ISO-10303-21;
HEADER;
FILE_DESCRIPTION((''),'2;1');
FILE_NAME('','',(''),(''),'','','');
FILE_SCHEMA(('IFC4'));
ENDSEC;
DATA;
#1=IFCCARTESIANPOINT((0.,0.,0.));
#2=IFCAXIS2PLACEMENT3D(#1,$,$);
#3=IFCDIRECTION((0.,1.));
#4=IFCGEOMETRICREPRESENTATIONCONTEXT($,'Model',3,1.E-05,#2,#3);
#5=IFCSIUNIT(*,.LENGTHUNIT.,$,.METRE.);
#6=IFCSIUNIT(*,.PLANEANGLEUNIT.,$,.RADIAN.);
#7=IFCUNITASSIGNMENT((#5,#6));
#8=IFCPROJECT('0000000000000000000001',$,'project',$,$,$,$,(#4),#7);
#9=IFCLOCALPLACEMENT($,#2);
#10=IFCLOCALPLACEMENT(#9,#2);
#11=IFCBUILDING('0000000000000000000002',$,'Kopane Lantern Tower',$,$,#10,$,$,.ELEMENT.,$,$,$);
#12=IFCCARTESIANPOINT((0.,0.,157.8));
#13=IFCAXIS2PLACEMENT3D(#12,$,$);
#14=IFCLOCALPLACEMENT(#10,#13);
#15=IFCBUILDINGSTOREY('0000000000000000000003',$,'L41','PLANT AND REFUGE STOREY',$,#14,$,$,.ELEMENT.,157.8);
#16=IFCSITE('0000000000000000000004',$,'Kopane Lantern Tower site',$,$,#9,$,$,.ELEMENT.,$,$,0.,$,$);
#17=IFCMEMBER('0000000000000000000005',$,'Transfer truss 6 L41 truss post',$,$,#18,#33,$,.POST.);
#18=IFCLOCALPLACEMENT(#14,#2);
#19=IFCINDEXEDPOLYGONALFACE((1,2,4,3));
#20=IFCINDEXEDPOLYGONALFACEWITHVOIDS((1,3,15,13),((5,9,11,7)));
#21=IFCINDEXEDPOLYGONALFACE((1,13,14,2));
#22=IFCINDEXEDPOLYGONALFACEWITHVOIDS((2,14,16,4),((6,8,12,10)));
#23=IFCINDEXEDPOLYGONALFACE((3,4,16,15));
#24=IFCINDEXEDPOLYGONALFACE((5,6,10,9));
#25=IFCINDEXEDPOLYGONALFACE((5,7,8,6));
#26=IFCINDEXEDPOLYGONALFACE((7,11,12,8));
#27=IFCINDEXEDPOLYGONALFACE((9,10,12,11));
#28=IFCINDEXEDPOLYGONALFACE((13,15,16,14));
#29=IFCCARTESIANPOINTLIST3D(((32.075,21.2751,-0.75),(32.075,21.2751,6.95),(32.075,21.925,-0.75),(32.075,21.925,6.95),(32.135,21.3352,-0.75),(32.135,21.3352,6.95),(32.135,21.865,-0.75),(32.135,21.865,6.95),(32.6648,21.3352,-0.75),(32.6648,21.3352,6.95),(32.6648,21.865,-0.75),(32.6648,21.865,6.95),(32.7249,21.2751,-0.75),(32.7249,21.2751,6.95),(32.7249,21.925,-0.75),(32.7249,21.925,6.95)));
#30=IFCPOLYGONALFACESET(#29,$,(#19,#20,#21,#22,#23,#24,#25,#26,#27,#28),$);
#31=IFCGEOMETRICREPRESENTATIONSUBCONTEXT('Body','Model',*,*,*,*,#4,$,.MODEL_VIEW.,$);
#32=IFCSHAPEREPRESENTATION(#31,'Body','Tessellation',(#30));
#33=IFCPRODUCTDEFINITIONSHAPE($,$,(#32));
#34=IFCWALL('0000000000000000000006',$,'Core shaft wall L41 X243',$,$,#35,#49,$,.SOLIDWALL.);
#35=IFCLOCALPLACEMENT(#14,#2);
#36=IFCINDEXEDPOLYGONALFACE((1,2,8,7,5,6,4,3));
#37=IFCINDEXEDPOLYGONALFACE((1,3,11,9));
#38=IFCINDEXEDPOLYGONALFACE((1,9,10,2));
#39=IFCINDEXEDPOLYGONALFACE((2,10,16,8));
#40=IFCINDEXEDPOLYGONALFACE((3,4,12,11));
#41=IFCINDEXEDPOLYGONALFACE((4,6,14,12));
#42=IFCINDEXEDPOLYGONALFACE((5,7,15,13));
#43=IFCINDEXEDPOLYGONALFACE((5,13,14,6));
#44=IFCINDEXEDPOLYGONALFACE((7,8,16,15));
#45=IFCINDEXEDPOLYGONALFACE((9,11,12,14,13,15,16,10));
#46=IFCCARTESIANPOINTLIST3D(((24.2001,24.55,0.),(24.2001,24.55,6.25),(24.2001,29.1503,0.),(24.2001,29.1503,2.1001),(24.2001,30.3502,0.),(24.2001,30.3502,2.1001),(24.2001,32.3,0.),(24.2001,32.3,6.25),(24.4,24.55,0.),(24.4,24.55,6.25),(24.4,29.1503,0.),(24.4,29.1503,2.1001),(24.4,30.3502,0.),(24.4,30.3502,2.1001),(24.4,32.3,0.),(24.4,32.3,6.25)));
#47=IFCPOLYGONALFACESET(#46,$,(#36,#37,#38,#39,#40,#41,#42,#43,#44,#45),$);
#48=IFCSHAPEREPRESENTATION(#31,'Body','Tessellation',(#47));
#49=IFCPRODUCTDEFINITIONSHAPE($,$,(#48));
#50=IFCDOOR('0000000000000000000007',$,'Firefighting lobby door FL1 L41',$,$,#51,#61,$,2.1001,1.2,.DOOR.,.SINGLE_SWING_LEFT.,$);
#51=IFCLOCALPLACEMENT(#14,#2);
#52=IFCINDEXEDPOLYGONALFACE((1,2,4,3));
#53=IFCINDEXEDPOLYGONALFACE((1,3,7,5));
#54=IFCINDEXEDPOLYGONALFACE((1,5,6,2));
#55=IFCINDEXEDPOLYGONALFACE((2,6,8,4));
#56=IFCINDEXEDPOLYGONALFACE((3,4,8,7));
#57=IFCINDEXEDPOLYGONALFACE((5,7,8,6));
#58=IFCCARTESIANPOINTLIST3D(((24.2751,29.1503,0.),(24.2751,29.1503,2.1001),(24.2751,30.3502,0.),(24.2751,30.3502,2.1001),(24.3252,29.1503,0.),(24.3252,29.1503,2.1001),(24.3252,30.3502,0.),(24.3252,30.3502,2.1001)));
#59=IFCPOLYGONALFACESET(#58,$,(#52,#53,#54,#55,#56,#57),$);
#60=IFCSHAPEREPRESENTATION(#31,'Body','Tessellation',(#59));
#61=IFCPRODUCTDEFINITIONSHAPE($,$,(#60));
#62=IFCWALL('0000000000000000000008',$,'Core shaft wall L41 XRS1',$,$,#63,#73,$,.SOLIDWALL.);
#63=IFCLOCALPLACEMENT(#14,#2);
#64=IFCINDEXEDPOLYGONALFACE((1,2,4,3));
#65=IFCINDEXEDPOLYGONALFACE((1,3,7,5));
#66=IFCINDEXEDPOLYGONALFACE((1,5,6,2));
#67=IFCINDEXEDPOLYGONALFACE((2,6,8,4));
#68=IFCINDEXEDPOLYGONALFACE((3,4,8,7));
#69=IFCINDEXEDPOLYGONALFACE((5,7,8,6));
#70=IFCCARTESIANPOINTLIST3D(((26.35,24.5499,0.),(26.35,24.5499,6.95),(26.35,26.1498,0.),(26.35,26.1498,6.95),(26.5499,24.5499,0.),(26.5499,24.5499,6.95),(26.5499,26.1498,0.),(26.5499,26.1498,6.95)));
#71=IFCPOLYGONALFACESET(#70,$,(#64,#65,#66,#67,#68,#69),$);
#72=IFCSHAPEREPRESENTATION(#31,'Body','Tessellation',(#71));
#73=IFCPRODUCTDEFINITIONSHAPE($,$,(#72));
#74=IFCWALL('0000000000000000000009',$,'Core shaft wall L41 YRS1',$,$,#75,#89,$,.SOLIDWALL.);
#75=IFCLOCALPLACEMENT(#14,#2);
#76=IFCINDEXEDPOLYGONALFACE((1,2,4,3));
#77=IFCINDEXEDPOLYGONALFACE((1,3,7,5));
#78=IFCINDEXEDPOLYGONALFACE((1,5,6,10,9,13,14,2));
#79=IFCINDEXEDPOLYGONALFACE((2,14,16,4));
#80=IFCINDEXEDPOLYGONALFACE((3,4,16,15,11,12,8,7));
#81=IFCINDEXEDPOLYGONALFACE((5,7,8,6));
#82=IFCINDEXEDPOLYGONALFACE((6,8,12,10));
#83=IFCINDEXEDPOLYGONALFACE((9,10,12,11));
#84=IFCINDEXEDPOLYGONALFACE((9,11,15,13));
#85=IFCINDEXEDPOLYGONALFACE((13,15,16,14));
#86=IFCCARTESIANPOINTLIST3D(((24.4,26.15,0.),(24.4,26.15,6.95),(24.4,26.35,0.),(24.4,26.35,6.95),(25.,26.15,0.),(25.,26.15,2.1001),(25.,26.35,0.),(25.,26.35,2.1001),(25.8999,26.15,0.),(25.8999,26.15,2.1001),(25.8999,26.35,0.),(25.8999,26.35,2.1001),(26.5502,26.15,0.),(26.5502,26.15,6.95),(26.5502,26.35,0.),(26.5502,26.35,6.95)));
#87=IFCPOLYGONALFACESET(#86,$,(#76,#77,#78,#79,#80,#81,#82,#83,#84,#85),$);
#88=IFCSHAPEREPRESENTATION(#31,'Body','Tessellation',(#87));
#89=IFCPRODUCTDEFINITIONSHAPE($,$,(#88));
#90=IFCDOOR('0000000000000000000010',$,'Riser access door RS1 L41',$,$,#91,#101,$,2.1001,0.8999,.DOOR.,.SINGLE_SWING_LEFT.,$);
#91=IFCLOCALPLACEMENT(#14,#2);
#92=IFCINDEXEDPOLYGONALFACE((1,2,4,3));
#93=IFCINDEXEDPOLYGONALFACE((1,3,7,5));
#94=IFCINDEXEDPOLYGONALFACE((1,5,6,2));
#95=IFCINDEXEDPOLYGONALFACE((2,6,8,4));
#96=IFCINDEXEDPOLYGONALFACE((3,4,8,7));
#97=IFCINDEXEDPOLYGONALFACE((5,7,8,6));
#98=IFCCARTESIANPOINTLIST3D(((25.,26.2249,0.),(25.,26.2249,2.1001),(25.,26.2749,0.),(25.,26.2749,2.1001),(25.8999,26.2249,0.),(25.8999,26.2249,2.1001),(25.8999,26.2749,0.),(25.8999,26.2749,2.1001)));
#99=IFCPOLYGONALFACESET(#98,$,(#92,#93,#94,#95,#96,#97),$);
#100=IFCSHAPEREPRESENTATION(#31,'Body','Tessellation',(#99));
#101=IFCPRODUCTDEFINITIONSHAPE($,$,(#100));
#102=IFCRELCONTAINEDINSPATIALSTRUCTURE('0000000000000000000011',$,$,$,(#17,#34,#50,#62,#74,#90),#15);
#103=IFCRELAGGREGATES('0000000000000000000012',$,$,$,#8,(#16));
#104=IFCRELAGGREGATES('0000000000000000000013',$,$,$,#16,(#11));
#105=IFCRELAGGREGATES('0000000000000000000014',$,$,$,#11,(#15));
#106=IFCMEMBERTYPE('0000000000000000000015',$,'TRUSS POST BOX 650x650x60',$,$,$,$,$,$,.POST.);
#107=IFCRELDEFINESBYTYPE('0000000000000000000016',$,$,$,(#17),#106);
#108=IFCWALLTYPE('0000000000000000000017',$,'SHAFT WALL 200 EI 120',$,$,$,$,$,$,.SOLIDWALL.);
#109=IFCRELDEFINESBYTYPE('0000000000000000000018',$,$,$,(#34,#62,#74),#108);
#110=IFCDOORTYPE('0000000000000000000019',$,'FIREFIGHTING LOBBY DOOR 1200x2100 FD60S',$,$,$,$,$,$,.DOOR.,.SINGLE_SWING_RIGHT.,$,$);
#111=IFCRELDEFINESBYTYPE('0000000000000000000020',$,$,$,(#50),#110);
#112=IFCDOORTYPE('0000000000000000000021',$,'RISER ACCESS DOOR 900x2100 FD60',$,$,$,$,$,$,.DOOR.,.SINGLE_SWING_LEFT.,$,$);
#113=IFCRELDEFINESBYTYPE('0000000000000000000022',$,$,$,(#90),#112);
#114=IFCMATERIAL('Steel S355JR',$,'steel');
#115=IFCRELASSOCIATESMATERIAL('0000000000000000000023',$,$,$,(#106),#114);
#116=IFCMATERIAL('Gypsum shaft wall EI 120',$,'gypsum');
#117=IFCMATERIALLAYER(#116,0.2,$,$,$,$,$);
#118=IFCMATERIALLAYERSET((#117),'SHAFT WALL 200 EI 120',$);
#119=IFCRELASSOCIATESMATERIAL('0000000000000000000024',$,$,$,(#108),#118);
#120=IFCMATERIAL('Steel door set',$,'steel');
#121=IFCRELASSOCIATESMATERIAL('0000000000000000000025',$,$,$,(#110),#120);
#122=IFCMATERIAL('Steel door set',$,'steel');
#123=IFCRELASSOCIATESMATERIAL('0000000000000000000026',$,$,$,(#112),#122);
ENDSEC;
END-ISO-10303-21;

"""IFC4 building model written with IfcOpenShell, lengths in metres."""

from ifc_helpers import new_model, si_unit, direction, frame, frame_2d, origin, origin_2d, place, context, subcontext, project, spatial, rectangle, hollow_rectangle, extrude, material, layer, layer_set, material_profile, profile_set, type_object, element, fill, save


model = new_model("IFC4")

# Units and contexts
model_context = context("Model", 3, precision=1e-05, world=origin(), true_north=direction((0.0, 1.0)))
body_context = subcontext(model_context, "Body", "Model", "MODEL_VIEW")
ifc_project = project(units=[si_unit("LENGTHUNIT", "METRE"), si_unit("PLANEANGLEUNIT", "RADIAN")], contexts=[model_context])

# Site, building, storey
site_placement = place(None, origin())
site = spatial("IfcSite", under=ifc_project, at=site_placement, Name="Kopane Lantern Tower site", CompositionType="ELEMENT", RefElevation=0.0)
building_placement = place(site_placement, origin())
building = spatial("IfcBuilding", under=site, at=building_placement, Name="Kopane Lantern Tower", CompositionType="ELEMENT")
storey_placement = place(building_placement, frame((0.0, 0.0, 157.8)))
storey = spatial("IfcBuildingStorey", under=building, at=storey_placement, Name="L41", Description="PLANT AND REFUGE STOREY", CompositionType="ELEMENT", Elevation=157.8)

# Member
ifc_material_1 = material(Name="Steel S355JR", Category="steel")
ifc_material_profile_1 = material_profile(ifc_material_1, hollow_rectangle(XDim=0.6499, YDim=0.6499, WallThickness=0.0601, at=origin_2d()), Name="BOX 650x650x60")
ifc_profile_set_1 = profile_set([ifc_material_profile_1], Name="Steel S355JR")
member_type_1 = type_object("IfcMemberType", Name="TRUSS POST BOX 650x650x60", PredefinedType="POST", material=ifc_profile_set_1)
for number, where, z_axis, x_axis, name in (
    (1, (32.3999, 21.6001, -0.75), (0.0, 0.0, 1.0), (1.0, 0.0, 0.0), "Transfer truss 6 L41 truss post"),
):
    element("IfcMember", number, at=place(storey_placement, frame(where, z_axis=z_axis, x_axis=x_axis)), inside=storey, type_object=member_type_1, Name=name, PredefinedType="POST", context=body_context, shape_type="SweptSolid", body=[
        extrude(hollow_rectangle(XDim=0.6499, YDim=0.6499, WallThickness=0.0601, at=origin_2d()), origin(), (0.0, 0.0, 1.0), 7.7),
    ])

# Wall, opening, door
ifc_material_2 = material(Name="Gypsum shaft wall EI 120", Category="gypsum")
ifc_layer = layer(ifc_material_2, 0.2)
ifc_layer_set = layer_set([ifc_layer], Name="SHAFT WALL 200 EI 120")
wall_type = type_object("IfcWallType", Name="SHAFT WALL 200 EI 120", PredefinedType="SOLIDWALL", material=ifc_layer_set)
wall_1_placement = place(storey_placement, frame((24.3, 24.55, 0.0), z_axis=(0.0, 0.0, 1.0), x_axis=(0.0, 1.0, 0.0)))
wall_1 = element("IfcWall", 2, at=wall_1_placement, inside=storey, type_object=wall_type, Name="Core shaft wall L41 X243", PredefinedType="SOLIDWALL", context=body_context, shape_type="SweptSolid", body=[
    extrude(rectangle(XDim=7.75, YDim=0.2, at=frame_2d((3.875, 0.0))), origin(), (0.0, 0.0, 1.0), 6.25),
])
opening_1_placement = place(wall_1_placement, frame((4.6001, 0.0, 0.0)))
opening_1 = element("IfcOpeningElement", 3, at=opening_1_placement, cuts=wall_1, PredefinedType="OPENING", context=body_context, shape_type="SweptSolid", body=[
    extrude(rectangle(XDim=1.2, YDim=2.1001, at=frame_2d((0.6001, 1.05))), frame((0.0, 0.1099, 0.0), z_axis=(0.0, -1.0, 0.0), x_axis=(1.0, 0.0, 0.0)), (0.0, 0.0, 1.0), 0.22),
])
ifc_material_3 = material(Name="Steel door set", Category="steel")
door_type_1 = type_object("IfcDoorType", Name="FIREFIGHTING LOBBY DOOR 1200x2100 FD60S", OperationType="SINGLE_SWING_RIGHT", PredefinedType="DOOR", material=ifc_material_3)
door_1_placement = place(opening_1_placement, origin())
door_1 = element("IfcDoor", 4, at=door_1_placement, inside=storey, type_object=door_type_1, Name="Firefighting lobby door FL1 L41", OperationType="SINGLE_SWING_LEFT", OverallHeight=2.1001, OverallWidth=1.2, PredefinedType="DOOR", context=body_context, shape_type="SweptSolid", body=[
    extrude(rectangle(XDim=1.2, YDim=2.1001, at=frame_2d((0.6001, 1.05))), frame((0.0, 0.0249, 0.0), z_axis=(0.0, -1.0, 0.0), x_axis=(1.0, 0.0, 0.0)), (0.0, 0.0, 1.0), 0.05),
])
fill(opening_1, door_1)

# Wall
wall_2_placement = place(storey_placement, frame((26.45, 24.55, 0.0), z_axis=(0.0, 0.0, 1.0), x_axis=(0.0, 1.0, 0.0)))
element("IfcWall", 5, at=wall_2_placement, inside=storey, type_object=wall_type, Name="Core shaft wall L41 XRS1", PredefinedType="SOLIDWALL", context=body_context, shape_type="SweptSolid", body=[
    extrude(rectangle(XDim=1.5999, YDim=0.2, at=frame_2d((0.7998, 0.0))), origin(), (0.0, 0.0, 1.0), 6.95),
])

# Wall, opening, door
wall_3_placement = place(storey_placement, frame((24.3999, 26.25, 0.0), z_axis=(0.0, 0.0, 1.0), x_axis=(1.0, 0.0, 0.0)))
wall_3 = element("IfcWall", 6, at=wall_3_placement, inside=storey, type_object=wall_type, Name="Core shaft wall L41 YRS1", PredefinedType="SOLIDWALL", context=body_context, shape_type="SweptSolid", body=[
    extrude(rectangle(XDim=2.1501, YDim=0.2, at=frame_2d((1.0752, 0.0))), origin(), (0.0, 0.0, 1.0), 6.95),
])
opening_2_placement = place(wall_3_placement, frame((0.6001, 0.0, 0.0)))
opening_2 = element("IfcOpeningElement", 7, at=opening_2_placement, cuts=wall_3, PredefinedType="OPENING", context=body_context, shape_type="SweptSolid", body=[
    extrude(rectangle(XDim=0.8999, YDim=2.1001, at=frame_2d((0.45, 1.05))), frame((0.0, 0.1099, 0.0), z_axis=(0.0, -1.0, 0.0), x_axis=(1.0, 0.0, 0.0)), (0.0, 0.0, 1.0), 0.22),
])
ifc_material_4 = material(Name="Steel door set", Category="steel")
door_type_2 = type_object("IfcDoorType", Name="RISER ACCESS DOOR 900x2100 FD60", OperationType="SINGLE_SWING_LEFT", PredefinedType="DOOR", material=ifc_material_4)
door_2_placement = place(opening_2_placement, origin())
door_2 = element("IfcDoor", 8, at=door_2_placement, inside=storey, type_object=door_type_2, Name="Riser access door RS1 L41", OperationType="SINGLE_SWING_LEFT", OverallHeight=2.1001, OverallWidth=0.8999, PredefinedType="DOOR", context=body_context, shape_type="SweptSolid", body=[
    extrude(rectangle(XDim=0.8999, YDim=2.1001, at=frame_2d((0.45, 1.05))), frame((0.0, 0.0249, 0.0), z_axis=(0.0, -1.0, 0.0), x_axis=(1.0, 0.0, 0.0)), (0.0, 0.0, 1.0), 0.05),
])
fill(opening_2, door_2)

save(model, "model.ifc")
